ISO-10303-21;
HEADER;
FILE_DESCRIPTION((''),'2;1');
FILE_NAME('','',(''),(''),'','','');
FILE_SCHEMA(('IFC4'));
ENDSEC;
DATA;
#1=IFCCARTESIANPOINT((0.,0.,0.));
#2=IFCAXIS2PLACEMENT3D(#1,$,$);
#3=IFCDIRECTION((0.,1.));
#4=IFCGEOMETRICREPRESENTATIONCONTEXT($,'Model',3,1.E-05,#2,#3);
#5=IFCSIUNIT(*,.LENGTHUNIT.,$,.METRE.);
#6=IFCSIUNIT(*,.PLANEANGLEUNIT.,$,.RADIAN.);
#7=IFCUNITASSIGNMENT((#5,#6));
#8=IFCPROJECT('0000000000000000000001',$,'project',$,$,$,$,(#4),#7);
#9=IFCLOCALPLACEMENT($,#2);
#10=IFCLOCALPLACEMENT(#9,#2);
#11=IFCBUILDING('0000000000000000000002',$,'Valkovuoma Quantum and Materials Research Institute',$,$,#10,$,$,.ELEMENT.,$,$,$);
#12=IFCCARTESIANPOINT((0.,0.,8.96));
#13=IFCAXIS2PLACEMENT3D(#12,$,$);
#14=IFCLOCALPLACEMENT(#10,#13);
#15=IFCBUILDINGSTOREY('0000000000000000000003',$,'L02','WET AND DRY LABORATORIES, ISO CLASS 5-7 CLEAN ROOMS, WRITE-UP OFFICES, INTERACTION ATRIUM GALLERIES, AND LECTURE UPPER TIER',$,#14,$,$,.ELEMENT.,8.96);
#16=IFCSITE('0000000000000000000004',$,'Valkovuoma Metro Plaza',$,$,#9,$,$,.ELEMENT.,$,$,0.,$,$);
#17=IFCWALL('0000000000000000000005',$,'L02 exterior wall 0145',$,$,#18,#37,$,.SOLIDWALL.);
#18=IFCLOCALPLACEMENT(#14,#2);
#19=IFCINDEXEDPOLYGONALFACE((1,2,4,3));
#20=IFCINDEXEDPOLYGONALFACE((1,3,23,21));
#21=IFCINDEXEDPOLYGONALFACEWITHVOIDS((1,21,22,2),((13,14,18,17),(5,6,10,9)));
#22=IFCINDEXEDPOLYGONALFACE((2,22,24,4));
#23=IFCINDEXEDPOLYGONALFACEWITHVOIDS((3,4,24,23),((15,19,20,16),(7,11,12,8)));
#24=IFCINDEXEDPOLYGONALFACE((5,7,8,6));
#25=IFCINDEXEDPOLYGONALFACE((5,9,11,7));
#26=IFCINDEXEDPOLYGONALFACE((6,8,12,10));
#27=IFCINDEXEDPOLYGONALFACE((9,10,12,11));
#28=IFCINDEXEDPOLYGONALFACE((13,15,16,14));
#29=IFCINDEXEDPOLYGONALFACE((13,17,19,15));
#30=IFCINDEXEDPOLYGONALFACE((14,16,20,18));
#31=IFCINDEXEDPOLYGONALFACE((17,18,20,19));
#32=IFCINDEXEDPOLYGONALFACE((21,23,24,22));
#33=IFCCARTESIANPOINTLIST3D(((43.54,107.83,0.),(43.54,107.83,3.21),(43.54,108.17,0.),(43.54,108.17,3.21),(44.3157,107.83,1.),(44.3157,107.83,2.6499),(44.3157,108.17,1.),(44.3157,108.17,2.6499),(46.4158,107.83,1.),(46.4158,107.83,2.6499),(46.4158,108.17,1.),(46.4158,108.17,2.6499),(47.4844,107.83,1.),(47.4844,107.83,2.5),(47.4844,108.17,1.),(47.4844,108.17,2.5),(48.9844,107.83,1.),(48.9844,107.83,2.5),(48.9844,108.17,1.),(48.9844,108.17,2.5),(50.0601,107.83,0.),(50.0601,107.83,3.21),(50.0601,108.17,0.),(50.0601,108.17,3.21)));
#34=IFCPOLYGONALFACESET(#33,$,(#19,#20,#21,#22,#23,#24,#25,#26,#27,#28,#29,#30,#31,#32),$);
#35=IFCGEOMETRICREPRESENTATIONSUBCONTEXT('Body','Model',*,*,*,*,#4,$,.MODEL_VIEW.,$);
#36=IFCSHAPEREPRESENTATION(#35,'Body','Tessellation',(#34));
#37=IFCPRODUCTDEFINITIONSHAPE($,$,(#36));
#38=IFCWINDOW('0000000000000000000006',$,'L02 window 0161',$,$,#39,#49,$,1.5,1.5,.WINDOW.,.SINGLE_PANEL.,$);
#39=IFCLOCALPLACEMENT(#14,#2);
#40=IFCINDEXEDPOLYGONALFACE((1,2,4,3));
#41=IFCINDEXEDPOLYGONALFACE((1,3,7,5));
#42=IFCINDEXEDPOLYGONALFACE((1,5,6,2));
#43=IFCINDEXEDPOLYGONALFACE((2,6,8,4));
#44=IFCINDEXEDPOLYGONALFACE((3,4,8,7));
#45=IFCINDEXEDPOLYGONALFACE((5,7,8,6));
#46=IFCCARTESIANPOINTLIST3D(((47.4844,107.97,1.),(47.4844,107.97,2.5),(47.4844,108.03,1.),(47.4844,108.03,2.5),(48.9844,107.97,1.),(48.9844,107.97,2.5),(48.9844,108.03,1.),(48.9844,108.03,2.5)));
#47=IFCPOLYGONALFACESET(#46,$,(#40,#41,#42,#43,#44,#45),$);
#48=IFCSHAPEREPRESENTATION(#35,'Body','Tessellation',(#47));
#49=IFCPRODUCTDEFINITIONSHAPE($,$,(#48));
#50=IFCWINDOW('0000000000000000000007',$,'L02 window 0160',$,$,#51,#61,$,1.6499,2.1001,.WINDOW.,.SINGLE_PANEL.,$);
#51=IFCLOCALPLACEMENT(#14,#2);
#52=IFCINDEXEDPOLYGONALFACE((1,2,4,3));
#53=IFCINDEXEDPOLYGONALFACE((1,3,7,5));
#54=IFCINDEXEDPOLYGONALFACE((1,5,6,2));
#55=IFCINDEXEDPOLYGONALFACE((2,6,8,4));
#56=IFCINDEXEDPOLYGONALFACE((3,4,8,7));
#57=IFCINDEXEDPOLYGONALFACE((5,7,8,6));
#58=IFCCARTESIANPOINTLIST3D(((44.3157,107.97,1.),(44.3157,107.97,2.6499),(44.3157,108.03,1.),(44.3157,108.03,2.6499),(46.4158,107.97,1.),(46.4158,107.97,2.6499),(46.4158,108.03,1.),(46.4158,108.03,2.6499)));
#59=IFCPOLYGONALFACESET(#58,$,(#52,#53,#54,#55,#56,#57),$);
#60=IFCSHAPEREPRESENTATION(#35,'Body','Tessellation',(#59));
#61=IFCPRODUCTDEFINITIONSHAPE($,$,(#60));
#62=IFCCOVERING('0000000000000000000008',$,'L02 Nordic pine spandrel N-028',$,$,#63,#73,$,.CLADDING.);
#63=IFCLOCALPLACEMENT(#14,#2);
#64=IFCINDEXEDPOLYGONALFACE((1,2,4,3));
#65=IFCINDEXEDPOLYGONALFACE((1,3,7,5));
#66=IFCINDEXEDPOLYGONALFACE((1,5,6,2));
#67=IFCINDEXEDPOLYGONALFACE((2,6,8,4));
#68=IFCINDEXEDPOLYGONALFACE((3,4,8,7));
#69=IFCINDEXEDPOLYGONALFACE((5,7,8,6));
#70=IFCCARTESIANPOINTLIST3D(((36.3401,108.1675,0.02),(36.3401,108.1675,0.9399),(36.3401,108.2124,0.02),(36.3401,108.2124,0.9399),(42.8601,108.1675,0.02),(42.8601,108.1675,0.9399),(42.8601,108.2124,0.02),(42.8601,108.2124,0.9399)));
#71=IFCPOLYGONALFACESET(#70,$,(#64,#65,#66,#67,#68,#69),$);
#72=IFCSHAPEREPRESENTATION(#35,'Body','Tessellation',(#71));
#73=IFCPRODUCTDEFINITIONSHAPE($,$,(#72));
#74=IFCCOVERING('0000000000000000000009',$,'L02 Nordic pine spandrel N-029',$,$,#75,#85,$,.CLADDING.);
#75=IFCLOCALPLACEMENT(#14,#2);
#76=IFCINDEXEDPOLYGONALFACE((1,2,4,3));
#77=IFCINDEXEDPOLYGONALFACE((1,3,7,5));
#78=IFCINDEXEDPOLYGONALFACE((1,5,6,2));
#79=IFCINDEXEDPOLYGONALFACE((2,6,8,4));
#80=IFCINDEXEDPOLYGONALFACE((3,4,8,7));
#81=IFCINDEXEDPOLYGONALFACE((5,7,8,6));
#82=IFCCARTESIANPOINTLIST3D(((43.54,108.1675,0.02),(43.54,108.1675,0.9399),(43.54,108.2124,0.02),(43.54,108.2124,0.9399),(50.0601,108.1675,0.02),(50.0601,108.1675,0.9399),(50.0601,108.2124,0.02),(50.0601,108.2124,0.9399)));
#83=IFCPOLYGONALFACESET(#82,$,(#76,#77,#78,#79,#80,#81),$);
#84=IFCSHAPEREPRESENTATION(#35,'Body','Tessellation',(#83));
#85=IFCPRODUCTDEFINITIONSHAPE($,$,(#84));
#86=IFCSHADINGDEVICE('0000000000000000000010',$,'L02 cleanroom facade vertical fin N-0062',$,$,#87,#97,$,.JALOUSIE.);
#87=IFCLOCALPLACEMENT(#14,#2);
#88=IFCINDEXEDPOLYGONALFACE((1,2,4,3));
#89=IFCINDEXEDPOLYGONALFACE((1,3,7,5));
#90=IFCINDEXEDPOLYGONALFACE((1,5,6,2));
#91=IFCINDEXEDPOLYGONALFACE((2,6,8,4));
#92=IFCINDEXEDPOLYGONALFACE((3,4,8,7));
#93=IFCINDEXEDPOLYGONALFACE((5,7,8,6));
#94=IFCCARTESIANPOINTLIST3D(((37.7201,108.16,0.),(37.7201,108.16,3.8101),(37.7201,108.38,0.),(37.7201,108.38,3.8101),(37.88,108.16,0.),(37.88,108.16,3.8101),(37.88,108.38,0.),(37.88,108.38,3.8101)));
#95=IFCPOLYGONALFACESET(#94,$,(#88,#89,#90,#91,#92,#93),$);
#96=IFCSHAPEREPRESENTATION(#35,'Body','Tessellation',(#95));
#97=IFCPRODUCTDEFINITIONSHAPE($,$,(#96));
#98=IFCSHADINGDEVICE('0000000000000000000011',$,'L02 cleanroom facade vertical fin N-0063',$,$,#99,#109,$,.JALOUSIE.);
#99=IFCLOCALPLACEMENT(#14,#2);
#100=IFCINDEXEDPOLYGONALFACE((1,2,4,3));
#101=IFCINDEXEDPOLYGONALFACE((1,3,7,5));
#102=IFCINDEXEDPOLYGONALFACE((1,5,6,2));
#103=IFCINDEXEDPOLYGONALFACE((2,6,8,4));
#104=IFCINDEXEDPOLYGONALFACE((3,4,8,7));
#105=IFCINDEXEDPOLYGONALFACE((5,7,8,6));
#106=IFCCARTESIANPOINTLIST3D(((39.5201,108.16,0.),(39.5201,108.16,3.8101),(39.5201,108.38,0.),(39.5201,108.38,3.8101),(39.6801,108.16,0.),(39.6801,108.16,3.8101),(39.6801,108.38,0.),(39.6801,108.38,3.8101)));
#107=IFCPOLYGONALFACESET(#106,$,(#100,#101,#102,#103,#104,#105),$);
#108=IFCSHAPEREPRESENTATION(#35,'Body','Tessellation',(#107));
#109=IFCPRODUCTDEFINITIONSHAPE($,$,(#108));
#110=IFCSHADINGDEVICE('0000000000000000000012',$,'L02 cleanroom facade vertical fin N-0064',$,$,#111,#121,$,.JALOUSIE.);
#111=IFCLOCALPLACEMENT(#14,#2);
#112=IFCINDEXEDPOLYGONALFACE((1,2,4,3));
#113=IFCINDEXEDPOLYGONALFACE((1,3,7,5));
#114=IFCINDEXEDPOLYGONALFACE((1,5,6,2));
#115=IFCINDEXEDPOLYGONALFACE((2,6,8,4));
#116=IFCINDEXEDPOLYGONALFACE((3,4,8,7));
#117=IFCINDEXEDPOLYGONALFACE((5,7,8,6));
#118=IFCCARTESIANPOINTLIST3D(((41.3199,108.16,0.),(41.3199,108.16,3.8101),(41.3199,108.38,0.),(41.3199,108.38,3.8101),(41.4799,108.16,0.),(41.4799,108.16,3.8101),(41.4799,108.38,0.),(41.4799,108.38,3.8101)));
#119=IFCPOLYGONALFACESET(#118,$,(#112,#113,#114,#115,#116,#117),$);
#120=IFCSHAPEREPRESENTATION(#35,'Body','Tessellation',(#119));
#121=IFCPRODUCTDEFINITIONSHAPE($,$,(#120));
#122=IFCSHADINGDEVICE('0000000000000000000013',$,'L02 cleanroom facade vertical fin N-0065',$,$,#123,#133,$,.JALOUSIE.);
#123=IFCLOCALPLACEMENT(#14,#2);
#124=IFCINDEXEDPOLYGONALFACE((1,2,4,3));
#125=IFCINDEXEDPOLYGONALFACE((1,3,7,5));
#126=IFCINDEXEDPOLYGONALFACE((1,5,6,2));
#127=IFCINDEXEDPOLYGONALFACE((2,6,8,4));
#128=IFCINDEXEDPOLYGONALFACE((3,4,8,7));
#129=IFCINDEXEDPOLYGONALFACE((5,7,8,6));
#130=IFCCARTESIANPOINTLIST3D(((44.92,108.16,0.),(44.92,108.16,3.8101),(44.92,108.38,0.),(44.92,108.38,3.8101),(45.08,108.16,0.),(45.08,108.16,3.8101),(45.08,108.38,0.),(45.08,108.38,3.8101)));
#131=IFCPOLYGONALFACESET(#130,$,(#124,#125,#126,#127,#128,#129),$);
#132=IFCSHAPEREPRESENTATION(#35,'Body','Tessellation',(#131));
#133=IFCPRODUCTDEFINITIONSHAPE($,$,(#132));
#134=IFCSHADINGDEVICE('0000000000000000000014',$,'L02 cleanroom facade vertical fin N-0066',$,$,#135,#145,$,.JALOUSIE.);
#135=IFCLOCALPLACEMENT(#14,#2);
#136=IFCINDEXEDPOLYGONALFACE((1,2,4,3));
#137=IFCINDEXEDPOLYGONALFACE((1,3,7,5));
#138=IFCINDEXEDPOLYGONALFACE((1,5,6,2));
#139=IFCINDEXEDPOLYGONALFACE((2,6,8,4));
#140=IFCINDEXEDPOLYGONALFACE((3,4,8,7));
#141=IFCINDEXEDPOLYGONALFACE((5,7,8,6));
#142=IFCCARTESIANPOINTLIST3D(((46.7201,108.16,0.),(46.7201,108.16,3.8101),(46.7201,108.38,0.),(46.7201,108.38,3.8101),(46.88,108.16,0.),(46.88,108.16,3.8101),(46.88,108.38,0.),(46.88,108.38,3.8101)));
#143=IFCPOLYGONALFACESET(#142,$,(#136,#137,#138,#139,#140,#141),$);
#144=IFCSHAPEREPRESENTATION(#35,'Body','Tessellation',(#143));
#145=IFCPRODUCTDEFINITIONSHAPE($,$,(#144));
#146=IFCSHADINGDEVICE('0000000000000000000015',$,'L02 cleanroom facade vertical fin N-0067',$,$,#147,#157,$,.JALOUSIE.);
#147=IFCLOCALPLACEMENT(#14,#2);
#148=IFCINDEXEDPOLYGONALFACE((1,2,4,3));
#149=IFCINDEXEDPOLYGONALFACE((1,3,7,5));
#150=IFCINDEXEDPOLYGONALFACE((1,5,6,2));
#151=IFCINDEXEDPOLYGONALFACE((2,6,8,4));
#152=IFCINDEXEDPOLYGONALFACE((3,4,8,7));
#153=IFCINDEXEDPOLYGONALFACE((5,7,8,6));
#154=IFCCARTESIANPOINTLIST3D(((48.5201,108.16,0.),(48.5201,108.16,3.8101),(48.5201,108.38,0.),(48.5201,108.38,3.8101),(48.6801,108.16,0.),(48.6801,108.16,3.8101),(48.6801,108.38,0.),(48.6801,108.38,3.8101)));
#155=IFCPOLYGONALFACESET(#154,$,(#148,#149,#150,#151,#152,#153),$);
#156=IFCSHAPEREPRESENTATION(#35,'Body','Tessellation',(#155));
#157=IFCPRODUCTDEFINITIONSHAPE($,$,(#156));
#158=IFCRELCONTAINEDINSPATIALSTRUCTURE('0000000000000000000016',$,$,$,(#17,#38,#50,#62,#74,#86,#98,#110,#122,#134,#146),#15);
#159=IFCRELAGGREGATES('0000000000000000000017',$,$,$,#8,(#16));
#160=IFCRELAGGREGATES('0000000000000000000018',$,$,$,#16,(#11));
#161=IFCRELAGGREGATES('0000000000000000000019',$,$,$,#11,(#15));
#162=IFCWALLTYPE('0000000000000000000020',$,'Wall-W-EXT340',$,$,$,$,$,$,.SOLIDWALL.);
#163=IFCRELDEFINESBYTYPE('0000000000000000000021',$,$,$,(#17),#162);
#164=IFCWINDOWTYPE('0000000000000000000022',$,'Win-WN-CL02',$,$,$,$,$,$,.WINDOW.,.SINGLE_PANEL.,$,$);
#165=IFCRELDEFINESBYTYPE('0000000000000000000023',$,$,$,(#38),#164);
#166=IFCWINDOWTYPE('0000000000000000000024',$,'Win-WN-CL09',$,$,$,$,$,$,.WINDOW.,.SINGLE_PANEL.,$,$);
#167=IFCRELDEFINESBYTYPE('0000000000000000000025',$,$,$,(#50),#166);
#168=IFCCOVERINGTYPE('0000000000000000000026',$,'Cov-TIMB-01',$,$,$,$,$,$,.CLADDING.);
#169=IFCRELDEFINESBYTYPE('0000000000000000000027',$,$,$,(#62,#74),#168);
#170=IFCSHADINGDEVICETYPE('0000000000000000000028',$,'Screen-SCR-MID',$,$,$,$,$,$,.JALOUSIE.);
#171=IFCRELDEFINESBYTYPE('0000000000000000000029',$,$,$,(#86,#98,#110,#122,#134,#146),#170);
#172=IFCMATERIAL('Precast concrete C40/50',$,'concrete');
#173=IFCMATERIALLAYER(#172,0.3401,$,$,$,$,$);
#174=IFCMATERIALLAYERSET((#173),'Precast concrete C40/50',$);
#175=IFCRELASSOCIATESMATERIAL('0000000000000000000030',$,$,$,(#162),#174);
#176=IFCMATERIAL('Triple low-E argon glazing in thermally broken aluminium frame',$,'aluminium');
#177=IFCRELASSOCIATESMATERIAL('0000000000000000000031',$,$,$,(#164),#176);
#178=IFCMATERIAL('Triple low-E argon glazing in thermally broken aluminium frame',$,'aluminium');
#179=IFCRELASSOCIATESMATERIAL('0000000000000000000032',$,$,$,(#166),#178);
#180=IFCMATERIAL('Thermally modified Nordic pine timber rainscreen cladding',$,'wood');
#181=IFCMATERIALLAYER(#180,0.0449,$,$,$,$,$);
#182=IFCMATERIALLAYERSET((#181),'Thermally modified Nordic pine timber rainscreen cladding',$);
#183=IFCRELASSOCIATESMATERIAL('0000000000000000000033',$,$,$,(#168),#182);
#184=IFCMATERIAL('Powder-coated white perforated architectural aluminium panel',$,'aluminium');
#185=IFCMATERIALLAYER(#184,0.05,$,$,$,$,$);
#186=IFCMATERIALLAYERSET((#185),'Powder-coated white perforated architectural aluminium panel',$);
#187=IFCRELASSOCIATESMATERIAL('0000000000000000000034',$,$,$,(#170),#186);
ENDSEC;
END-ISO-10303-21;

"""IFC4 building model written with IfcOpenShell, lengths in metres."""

from ifc_helpers import new_model, si_unit, direction, frame, frame_2d, origin, origin_2d, place, context, subcontext, project, spatial, rectangle, extrude, material, layer, layer_set, type_object, element, fill, save


model = new_model("IFC4")

# Units and contexts
model_context = context("Model", 3, precision=1e-05, world=origin(), true_north=direction((0.0, 1.0)))
body_context = subcontext(model_context, "Body", "Model", "MODEL_VIEW")
ifc_project = project(units=[si_unit("LENGTHUNIT", "METRE"), si_unit("PLANEANGLEUNIT", "RADIAN")], contexts=[model_context])

# Site, building, storey
site_placement = place(None, origin())
site = spatial("IfcSite", under=ifc_project, at=site_placement, Name="Valkovuoma Metro Plaza", CompositionType="ELEMENT", RefElevation=0.0)
building_placement = place(site_placement, origin())
building = spatial("IfcBuilding", under=site, at=building_placement, Name="Valkovuoma Quantum and Materials Research Institute", CompositionType="ELEMENT")
storey_placement = place(building_placement, frame((0.0, 0.0, 8.96)))
storey = spatial("IfcBuildingStorey", under=building, at=storey_placement, Name="L02", Description="WET AND DRY LABORATORIES, ISO CLASS 5-7 CLEAN ROOMS, WRITE-UP OFFICES, INTERACTION ATRIUM GALLERIES, AND LECTURE UPPER TIER", CompositionType="ELEMENT", Elevation=8.96)

# Wall, openings, windows
ifc_material_1 = material(Name="Precast concrete C40/50", Category="concrete")
ifc_layer_1 = layer(ifc_material_1, 0.3401)
ifc_layer_set_1 = layer_set([ifc_layer_1], Name="Precast concrete C40/50")
wall_type = type_object("IfcWallType", Name="Wall-W-EXT340", PredefinedType="SOLIDWALL", material=ifc_layer_set_1)
wall_placement = place(storey_placement, frame((43.54, 108.0, 0.0), z_axis=(0.0, 0.0, 1.0), x_axis=(1.0, 0.0, 0.0)))
wall = element("IfcWall", 1, at=wall_placement, inside=storey, type_object=wall_type, Name="L02 exterior wall 0145", PredefinedType="SOLIDWALL", context=body_context, shape_type="SweptSolid", body=[
    extrude(rectangle(XDim=6.52, YDim=0.3401, at=frame_2d((3.26, 0.0))), origin(), (0.0, 0.0, 1.0), 3.21),
])
opening_1_placement = place(wall_placement, frame((0.7756, 0.0, 1.0)))
opening_1 = element("IfcOpeningElement", 2, at=opening_1_placement, cuts=wall, PredefinedType="OPENING", context=body_context, shape_type="SweptSolid", body=[
    extrude(rectangle(XDim=2.1001, YDim=1.6499, at=frame_2d((1.05, 0.825))), frame((0.0, 0.1802, 0.0), z_axis=(0.0, -1.0, 0.0), x_axis=(1.0, 0.0, 0.0)), (0.0, 0.0, 1.0), 0.3601),
])
opening_2_placement = place(wall_placement, frame((3.9443, 0.0, 1.0)))
opening_2 = element("IfcOpeningElement", 3, at=opening_2_placement, cuts=wall, PredefinedType="OPENING", context=body_context, shape_type="SweptSolid", body=[
    extrude(rectangle(XDim=1.5, YDim=1.5, at=frame_2d((0.75, 0.75))), frame((0.0, 0.1802, 0.0), z_axis=(0.0, -1.0, 0.0), x_axis=(1.0, 0.0, 0.0)), (0.0, 0.0, 1.0), 0.3601),
])
ifc_material_2 = material(Name="Triple low-E argon glazing in thermally broken aluminium frame", Category="aluminium")
window_type_1 = type_object("IfcWindowType", Name="Win-WN-CL02", PartitioningType="SINGLE_PANEL", PredefinedType="WINDOW", material=ifc_material_2)
window_1_placement = place(opening_2_placement, origin())
window_1 = element("IfcWindow", 4, at=window_1_placement, inside=storey, type_object=window_type_1, Name="L02 window 0161", OverallHeight=1.5, OverallWidth=1.5, PartitioningType="SINGLE_PANEL", PredefinedType="WINDOW", context=body_context, shape_type="SweptSolid", body=[
    extrude(rectangle(XDim=1.5, YDim=1.5, at=frame_2d((0.75, 0.75))), frame((0.0, 0.03, 0.0), z_axis=(0.0, -1.0, 0.0), x_axis=(1.0, 0.0, 0.0)), (0.0, 0.0, 1.0), 0.0601),
])
fill(opening_2, window_1)
ifc_material_3 = material(Name="Triple low-E argon glazing in thermally broken aluminium frame", Category="aluminium")
window_type_2 = type_object("IfcWindowType", Name="Win-WN-CL09", PartitioningType="SINGLE_PANEL", PredefinedType="WINDOW", material=ifc_material_3)
window_2_placement = place(opening_1_placement, origin())
window_2 = element("IfcWindow", 5, at=window_2_placement, inside=storey, type_object=window_type_2, Name="L02 window 0160", OverallHeight=1.6499, OverallWidth=2.1001, PartitioningType="SINGLE_PANEL", PredefinedType="WINDOW", context=body_context, shape_type="SweptSolid", body=[
    extrude(rectangle(XDim=2.1001, YDim=1.6499, at=frame_2d((1.05, 0.825))), frame((0.0, 0.03, 0.0), z_axis=(0.0, -1.0, 0.0), x_axis=(1.0, 0.0, 0.0)), (0.0, 0.0, 1.0), 0.0601),
])
fill(opening_1, window_2)

# Coverings
ifc_material_4 = material(Name="Thermally modified Nordic pine timber rainscreen cladding", Category="wood")
ifc_layer_2 = layer(ifc_material_4, 0.0449)
ifc_layer_set_2 = layer_set([ifc_layer_2], Name="Thermally modified Nordic pine timber rainscreen cladding")
covering_type = type_object("IfcCoveringType", Name="Cov-TIMB-01", PredefinedType="CLADDING", material=ifc_layer_set_2)
for number, where, z_axis, x_axis, name in (
    (6, (39.6001, 108.1899, 0.02), (0.0, 0.0, 1.0), (1.0, 0.0, 0.0), "L02 Nordic pine spandrel N-028"),
    (7, (46.8, 108.1899, 0.02), (0.0, 0.0, 1.0), (1.0, 0.0, 0.0), "L02 Nordic pine spandrel N-029"),
):
    element("IfcCovering", number, at=place(storey_placement, frame(where, z_axis=z_axis, x_axis=x_axis)), inside=storey, type_object=covering_type, Name=name, PredefinedType="CLADDING", context=body_context, shape_type="SweptSolid", body=[
        extrude(rectangle(XDim=6.52, YDim=0.0449, at=origin_2d()), origin(), (0.0, 0.0, 1.0), 0.9199),
    ])

# Shading devices
ifc_material_5 = material(Name="Powder-coated white perforated architectural aluminium panel", Category="aluminium")
ifc_layer_3 = layer(ifc_material_5, 0.05)
ifc_layer_set_3 = layer_set([ifc_layer_3], Name="Powder-coated white perforated architectural aluminium panel")
shading_device_type = type_object("IfcShadingDeviceType", Name="Screen-SCR-MID", PredefinedType="JALOUSIE", material=ifc_layer_set_3)
for number, where, z_axis, x_axis, name in (
    (8, (37.8, 108.27, 0.0), (0.0, 0.0, 1.0), (1.0, 0.0, 0.0), "L02 cleanroom facade vertical fin N-0062"),
    (9, (39.6001, 108.27, 0.0), (0.0, 0.0, 1.0), (1.0, 0.0, 0.0), "L02 cleanroom facade vertical fin N-0063"),
    (10, (41.3999, 108.27, 0.0), (0.0, 0.0, 1.0), (1.0, 0.0, 0.0), "L02 cleanroom facade vertical fin N-0064"),
    (11, (45.0, 108.27, 0.0), (0.0, 0.0, 1.0), (1.0, 0.0, 0.0), "L02 cleanroom facade vertical fin N-0065"),
    (12, (46.8, 108.27, 0.0), (0.0, 0.0, 1.0), (1.0, 0.0, 0.0), "L02 cleanroom facade vertical fin N-0066"),
    (13, (48.6001, 108.27, 0.0), (0.0, 0.0, 1.0), (1.0, 0.0, 0.0), "L02 cleanroom facade vertical fin N-0067"),
):
    element("IfcShadingDevice", number, at=place(storey_placement, frame(where, z_axis=z_axis, x_axis=x_axis)), inside=storey, type_object=shading_device_type, Name=name, PredefinedType="JALOUSIE", context=body_context, shape_type="SweptSolid", body=[
        extrude(rectangle(XDim=0.1599, YDim=0.22, at=origin_2d()), origin(), (0.0, 0.0, 1.0), 3.8101),
    ])

save(model, "model.ifc")
